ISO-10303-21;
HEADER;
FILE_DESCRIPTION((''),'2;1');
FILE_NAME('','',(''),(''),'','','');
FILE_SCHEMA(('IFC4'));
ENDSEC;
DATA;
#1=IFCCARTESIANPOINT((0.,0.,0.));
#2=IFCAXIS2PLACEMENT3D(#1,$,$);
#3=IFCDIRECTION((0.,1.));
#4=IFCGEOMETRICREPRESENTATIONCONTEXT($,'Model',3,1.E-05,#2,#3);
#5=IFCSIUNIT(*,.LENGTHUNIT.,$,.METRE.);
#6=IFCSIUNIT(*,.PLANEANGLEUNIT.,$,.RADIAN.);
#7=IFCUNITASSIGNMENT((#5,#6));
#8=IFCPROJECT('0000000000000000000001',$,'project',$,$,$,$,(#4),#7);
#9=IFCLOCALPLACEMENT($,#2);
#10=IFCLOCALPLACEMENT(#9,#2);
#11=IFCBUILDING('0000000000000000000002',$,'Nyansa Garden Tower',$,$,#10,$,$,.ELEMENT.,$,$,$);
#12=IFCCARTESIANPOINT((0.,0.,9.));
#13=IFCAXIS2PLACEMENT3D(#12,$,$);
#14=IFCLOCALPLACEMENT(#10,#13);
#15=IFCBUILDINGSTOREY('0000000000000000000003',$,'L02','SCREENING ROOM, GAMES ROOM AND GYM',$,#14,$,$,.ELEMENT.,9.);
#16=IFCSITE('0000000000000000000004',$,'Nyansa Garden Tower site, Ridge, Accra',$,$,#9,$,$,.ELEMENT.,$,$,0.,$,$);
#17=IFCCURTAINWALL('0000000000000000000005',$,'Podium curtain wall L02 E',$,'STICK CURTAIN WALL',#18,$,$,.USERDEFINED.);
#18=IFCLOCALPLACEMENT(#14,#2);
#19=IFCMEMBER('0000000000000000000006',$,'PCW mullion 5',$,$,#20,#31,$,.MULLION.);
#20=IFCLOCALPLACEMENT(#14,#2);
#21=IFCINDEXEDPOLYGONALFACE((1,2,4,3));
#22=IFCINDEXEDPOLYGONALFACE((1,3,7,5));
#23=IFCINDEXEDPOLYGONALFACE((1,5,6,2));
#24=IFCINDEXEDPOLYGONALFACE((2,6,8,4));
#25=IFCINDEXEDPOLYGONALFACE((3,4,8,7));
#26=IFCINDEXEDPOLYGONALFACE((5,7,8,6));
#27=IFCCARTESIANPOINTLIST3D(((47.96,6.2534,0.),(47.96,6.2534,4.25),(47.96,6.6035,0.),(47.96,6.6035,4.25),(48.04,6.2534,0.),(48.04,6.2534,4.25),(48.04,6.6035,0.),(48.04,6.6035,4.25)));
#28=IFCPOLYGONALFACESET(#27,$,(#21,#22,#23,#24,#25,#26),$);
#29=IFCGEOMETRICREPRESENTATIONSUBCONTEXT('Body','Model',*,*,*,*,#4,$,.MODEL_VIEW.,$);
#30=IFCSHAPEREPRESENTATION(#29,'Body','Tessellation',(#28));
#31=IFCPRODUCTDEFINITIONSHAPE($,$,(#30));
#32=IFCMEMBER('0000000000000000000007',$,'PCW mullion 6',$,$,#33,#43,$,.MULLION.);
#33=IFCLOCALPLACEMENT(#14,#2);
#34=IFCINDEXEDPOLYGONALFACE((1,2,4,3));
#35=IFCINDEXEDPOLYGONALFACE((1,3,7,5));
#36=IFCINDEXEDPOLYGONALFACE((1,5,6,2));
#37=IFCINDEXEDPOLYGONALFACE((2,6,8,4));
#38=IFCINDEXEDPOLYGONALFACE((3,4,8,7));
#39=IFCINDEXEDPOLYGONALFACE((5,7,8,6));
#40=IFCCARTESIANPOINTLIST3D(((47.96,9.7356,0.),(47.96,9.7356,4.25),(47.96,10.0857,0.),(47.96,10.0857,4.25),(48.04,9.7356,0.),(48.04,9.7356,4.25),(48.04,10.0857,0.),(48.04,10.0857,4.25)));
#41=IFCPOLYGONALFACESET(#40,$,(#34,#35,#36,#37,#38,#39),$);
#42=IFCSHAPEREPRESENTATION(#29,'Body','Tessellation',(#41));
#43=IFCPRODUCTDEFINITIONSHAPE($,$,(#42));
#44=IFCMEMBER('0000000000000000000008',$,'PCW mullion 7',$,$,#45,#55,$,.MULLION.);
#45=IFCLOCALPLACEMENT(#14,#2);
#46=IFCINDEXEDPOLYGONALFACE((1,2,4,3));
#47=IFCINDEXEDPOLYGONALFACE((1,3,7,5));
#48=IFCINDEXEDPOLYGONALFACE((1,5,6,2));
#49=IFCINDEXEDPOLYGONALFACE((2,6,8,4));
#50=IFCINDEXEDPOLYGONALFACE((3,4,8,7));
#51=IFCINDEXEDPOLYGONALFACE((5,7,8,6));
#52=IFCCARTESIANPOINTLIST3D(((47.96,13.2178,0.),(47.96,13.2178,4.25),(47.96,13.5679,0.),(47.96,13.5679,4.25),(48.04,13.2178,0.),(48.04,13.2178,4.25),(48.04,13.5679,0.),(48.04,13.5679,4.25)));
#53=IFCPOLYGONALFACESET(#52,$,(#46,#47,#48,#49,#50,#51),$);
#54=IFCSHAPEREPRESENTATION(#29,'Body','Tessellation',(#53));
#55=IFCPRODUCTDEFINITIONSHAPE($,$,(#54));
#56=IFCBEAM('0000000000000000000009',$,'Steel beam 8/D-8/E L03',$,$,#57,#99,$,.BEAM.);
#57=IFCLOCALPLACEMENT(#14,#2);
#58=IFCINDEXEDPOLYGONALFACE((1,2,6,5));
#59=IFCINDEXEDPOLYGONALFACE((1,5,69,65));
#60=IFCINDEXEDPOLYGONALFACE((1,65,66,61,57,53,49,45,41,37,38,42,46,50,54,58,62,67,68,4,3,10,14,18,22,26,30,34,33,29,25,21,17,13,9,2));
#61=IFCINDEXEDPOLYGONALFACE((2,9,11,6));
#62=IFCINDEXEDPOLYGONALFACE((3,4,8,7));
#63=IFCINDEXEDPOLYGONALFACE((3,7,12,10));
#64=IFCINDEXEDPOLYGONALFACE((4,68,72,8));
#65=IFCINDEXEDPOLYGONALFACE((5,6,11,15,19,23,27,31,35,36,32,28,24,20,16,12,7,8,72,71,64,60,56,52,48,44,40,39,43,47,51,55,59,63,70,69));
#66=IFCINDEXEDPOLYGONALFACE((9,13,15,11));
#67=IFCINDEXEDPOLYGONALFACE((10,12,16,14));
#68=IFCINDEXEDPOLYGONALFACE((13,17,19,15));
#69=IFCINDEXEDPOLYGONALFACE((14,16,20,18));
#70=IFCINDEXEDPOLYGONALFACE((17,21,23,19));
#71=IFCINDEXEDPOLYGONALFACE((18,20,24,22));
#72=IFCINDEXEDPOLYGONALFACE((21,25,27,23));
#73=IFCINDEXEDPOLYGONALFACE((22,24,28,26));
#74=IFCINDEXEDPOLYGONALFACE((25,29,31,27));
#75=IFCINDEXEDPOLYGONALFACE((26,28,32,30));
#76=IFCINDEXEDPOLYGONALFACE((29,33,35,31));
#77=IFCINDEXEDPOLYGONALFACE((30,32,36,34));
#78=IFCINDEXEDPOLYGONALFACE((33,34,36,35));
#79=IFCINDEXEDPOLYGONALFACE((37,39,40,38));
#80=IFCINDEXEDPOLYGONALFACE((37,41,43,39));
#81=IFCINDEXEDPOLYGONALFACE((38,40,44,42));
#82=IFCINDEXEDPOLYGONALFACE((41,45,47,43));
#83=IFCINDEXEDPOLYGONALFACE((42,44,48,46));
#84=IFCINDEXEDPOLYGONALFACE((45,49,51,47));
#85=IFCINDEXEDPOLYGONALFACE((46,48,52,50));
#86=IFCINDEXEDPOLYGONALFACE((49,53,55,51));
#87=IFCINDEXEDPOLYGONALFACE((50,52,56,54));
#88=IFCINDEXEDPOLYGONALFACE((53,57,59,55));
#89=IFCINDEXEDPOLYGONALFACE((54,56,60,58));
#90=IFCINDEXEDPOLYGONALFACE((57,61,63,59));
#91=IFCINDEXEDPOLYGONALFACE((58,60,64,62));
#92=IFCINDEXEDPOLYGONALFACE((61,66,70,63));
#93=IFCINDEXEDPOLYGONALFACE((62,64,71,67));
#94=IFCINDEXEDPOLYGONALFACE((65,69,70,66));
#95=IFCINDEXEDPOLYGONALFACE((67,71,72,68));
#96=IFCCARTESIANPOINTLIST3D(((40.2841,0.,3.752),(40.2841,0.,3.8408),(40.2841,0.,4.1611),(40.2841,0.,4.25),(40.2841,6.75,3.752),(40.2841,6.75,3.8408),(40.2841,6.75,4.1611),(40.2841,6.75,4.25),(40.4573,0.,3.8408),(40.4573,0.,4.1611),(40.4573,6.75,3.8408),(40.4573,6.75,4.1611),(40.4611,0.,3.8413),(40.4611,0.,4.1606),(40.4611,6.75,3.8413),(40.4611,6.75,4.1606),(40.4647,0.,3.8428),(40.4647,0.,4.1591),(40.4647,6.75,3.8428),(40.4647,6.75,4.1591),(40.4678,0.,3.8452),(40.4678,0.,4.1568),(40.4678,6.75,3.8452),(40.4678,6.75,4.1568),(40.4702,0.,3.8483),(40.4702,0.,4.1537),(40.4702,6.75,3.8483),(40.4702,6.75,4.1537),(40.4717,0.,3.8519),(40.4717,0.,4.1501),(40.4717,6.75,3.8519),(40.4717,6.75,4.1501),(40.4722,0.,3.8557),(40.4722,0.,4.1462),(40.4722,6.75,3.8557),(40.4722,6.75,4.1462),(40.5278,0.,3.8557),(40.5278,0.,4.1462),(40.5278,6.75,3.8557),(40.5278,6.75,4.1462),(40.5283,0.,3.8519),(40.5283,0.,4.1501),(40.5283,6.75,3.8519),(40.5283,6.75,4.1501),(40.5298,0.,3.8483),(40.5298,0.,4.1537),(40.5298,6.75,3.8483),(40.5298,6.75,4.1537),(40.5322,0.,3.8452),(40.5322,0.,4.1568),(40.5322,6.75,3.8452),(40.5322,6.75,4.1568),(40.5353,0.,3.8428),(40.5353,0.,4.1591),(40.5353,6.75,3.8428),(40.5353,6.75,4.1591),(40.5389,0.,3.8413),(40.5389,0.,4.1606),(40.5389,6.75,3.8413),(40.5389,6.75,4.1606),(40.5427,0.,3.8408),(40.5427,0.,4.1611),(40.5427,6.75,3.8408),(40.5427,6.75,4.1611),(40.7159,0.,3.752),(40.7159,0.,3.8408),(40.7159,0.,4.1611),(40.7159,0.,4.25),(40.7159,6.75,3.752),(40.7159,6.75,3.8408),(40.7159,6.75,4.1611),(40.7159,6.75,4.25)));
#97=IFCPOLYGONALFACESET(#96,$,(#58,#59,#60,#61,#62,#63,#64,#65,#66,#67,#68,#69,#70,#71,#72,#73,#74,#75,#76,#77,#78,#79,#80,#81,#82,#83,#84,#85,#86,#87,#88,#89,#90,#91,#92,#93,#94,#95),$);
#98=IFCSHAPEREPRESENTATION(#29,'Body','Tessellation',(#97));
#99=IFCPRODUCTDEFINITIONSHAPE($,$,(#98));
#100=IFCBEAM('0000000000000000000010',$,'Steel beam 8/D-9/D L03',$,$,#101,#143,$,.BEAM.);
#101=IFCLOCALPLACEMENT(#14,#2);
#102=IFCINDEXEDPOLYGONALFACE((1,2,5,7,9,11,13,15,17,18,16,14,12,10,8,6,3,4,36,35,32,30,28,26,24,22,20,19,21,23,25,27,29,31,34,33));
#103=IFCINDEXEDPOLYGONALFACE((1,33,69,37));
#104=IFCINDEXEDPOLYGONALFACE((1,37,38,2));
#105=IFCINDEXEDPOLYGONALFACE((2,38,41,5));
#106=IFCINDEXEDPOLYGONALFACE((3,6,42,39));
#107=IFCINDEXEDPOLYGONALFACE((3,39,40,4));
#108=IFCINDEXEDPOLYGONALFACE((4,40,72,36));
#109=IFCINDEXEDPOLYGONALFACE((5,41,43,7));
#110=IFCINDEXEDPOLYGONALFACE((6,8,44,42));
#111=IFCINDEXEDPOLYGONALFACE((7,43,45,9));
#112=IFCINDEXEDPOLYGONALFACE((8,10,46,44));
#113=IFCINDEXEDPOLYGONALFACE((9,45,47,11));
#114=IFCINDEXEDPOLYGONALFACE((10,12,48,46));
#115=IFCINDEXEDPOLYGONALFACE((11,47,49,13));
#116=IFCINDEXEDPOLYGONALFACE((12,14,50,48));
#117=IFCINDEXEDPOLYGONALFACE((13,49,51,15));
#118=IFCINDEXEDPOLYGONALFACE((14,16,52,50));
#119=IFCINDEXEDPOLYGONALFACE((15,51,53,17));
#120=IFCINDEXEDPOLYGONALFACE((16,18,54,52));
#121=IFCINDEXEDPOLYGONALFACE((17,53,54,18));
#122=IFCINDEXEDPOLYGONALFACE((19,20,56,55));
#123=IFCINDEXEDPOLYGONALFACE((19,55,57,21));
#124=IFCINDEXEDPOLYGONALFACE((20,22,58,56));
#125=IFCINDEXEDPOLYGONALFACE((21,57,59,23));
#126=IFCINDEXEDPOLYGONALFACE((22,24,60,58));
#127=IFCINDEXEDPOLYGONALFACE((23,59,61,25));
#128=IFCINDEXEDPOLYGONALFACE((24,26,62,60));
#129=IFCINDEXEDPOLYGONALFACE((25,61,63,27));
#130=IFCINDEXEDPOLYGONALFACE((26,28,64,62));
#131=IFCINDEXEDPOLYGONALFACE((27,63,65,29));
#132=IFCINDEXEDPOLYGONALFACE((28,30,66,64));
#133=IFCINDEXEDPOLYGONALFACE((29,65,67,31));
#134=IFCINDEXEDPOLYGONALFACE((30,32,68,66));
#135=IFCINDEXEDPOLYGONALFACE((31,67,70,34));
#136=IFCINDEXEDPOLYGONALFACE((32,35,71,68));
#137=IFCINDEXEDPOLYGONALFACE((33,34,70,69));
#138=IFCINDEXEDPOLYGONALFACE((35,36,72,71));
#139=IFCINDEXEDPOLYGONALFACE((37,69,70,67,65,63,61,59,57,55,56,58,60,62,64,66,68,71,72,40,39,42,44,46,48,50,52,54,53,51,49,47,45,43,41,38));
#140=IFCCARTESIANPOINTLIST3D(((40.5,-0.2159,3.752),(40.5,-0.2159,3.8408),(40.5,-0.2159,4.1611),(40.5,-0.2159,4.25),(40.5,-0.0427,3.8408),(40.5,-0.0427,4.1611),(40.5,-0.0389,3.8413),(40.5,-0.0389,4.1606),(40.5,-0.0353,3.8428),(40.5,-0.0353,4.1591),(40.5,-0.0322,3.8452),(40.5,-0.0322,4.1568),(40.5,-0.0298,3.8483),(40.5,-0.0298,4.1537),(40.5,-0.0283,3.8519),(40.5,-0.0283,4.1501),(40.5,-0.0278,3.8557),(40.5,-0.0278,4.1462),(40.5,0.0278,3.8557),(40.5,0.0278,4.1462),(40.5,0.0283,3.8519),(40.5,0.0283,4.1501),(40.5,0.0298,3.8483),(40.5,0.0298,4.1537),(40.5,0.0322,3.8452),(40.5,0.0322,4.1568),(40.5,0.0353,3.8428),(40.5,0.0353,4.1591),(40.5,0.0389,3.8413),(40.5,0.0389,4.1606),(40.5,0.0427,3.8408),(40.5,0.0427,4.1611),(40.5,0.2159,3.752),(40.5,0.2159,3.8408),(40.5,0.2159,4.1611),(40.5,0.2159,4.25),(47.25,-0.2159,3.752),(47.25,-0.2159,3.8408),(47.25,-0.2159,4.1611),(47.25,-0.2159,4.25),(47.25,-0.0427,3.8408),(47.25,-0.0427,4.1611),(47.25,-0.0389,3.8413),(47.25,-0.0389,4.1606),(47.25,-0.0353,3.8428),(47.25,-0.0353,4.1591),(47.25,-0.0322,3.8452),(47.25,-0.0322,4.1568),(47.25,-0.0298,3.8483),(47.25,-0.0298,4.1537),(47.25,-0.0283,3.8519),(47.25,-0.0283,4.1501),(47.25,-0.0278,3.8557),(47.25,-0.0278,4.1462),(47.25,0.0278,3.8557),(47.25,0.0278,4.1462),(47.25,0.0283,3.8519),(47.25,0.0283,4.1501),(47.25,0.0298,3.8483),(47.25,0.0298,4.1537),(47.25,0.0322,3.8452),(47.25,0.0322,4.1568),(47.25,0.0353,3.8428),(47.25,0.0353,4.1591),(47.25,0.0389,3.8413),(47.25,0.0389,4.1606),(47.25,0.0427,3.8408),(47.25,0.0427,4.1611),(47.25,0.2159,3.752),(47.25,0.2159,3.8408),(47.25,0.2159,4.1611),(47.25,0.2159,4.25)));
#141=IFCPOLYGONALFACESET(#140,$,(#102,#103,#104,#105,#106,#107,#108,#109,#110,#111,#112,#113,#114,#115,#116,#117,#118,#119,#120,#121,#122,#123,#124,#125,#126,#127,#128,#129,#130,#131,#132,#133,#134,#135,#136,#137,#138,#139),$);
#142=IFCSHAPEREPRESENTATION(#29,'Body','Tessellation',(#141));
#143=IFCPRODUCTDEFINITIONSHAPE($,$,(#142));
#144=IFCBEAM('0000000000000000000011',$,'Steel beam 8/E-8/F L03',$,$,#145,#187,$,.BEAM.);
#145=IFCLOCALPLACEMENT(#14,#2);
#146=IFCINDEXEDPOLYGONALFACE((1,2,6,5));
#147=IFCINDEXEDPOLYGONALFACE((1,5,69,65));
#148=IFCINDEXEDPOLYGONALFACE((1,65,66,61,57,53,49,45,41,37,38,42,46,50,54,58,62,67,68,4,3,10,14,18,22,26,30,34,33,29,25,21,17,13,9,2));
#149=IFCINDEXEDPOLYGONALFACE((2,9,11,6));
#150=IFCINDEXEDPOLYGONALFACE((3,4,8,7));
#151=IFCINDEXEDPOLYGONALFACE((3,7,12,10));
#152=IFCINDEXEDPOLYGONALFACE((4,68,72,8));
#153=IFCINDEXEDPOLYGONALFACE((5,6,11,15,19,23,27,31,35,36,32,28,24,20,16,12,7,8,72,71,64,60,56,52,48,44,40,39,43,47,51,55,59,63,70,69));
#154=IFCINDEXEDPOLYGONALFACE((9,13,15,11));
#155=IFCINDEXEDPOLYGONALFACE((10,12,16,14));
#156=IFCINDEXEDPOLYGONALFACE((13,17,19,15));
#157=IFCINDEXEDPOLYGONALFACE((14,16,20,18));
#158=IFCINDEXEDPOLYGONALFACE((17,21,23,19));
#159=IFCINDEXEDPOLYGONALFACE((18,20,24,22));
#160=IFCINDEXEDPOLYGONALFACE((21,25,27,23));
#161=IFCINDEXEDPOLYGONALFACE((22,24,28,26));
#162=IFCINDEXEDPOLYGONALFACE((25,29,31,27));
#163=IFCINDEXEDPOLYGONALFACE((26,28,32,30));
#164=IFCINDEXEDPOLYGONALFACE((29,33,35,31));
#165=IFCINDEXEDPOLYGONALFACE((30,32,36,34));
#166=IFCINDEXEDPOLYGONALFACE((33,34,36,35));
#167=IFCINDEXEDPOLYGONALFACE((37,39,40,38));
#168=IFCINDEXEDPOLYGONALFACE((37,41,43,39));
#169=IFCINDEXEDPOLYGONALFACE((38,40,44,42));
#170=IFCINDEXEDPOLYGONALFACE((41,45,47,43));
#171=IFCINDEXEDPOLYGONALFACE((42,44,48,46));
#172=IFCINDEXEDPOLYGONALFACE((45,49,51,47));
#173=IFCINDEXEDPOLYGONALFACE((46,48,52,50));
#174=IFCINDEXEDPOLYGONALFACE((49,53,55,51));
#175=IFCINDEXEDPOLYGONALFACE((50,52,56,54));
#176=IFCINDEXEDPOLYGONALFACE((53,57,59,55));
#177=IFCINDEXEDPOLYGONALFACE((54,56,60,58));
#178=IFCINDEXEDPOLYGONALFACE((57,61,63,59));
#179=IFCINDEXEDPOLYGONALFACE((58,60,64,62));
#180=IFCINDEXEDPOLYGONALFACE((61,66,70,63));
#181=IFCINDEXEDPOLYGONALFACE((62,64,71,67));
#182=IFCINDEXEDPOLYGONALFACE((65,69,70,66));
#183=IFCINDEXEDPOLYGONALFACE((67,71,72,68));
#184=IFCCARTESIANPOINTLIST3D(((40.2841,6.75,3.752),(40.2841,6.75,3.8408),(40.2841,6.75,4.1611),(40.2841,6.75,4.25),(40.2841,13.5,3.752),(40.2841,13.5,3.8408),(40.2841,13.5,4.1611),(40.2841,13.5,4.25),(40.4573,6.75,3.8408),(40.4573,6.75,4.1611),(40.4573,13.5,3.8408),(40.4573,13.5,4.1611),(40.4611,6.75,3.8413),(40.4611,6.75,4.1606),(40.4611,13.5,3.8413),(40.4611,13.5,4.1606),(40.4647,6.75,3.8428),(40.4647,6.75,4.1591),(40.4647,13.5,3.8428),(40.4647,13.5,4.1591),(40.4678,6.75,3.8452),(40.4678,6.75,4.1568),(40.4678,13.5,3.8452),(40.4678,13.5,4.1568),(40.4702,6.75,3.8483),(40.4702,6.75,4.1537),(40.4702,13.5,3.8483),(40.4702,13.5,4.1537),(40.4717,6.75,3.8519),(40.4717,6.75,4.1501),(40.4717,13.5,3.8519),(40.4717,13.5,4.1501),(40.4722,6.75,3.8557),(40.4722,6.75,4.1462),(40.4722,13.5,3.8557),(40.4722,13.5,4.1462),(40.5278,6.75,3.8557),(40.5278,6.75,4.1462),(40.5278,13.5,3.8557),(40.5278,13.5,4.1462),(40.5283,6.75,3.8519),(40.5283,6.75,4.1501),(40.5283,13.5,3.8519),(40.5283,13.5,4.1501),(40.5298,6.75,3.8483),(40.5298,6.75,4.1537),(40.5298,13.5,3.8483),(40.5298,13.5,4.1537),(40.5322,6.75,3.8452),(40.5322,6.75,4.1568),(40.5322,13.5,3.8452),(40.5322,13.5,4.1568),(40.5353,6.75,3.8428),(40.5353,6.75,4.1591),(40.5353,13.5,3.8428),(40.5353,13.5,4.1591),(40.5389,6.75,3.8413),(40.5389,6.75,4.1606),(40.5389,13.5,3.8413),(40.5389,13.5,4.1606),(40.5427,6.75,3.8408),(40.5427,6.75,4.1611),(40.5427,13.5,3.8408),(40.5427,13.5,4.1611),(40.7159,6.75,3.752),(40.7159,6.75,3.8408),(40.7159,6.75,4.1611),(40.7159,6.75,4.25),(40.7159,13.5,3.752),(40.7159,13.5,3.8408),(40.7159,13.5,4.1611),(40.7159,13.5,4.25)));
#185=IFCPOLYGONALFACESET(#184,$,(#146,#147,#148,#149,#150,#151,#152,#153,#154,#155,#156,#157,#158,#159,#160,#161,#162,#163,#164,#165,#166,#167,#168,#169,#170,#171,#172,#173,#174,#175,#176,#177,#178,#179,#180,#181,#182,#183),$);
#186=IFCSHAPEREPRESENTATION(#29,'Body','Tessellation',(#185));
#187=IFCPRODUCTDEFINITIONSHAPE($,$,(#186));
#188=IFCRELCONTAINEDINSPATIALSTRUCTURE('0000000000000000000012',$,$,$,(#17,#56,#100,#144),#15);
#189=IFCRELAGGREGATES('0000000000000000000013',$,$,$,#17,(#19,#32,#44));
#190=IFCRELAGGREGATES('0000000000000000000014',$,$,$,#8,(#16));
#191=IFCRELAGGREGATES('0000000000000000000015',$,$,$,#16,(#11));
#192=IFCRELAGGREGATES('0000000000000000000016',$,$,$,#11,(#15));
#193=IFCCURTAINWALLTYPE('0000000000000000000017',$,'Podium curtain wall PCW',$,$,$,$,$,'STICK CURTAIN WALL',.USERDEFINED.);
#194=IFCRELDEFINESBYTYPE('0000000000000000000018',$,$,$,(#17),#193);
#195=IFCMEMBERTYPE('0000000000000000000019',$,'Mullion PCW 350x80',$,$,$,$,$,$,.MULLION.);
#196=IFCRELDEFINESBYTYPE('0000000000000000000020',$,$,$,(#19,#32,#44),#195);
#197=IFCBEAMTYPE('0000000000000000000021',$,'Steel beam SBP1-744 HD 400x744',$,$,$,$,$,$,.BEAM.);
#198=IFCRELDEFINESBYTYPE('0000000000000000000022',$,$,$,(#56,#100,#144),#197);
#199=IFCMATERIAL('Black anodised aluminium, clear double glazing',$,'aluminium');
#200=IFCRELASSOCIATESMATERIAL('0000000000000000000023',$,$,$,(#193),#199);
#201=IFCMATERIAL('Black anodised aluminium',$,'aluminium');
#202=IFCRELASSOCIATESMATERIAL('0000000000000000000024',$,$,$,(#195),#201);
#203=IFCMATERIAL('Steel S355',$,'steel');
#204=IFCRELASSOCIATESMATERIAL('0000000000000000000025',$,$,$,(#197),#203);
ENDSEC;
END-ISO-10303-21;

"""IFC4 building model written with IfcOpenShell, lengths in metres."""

from ifc_helpers import new_model, si_unit, direction, frame, origin, origin_2d, place, context, subcontext, project, spatial, rectangle, i_section, extrude, material, material_profile, profile_set, type_object, element, aggregate, save


model = new_model("IFC4")

# Units and contexts
model_context = context("Model", 3, precision=1e-05, world=origin(), true_north=direction((0.0, 1.0)))
body_context = subcontext(model_context, "Body", "Model", "MODEL_VIEW")
ifc_project = project(units=[si_unit("LENGTHUNIT", "METRE"), si_unit("PLANEANGLEUNIT", "RADIAN")], contexts=[model_context])

# Site, building, storey
site_placement = place(None, origin())
site = spatial("IfcSite", under=ifc_project, at=site_placement, Name="Nyansa Garden Tower site, Ridge, Accra", CompositionType="ELEMENT", RefElevation=0.0)
building_placement = place(site_placement, origin())
building = spatial("IfcBuilding", under=site, at=building_placement, Name="Nyansa Garden Tower", CompositionType="ELEMENT")
storey_placement = place(building_placement, frame((0.0, 0.0, 9.0)))
storey = spatial("IfcBuildingStorey", under=building, at=storey_placement, Name="L02", Description="SCREENING ROOM, GAMES ROOM AND GYM", CompositionType="ELEMENT", Elevation=9.0)

# Curtain wall, members
ifc_material_1 = material(Name="Black anodised aluminium, clear double glazing", Category="aluminium")
curtain_wall_type = type_object("IfcCurtainWallType", Name="Podium curtain wall PCW", ElementType="STICK CURTAIN WALL", PredefinedType="USERDEFINED", material=ifc_material_1)
curtain_wall_placement = place(storey_placement, origin())
curtain_wall = element("IfcCurtainWall", 1, at=curtain_wall_placement, inside=storey, type_object=curtain_wall_type, Name="Podium curtain wall L02 E", ObjectType="STICK CURTAIN WALL", PredefinedType="USERDEFINED")
ifc_material_2 = material(Name="Black anodised aluminium", Category="aluminium")
ifc_material_profile_1 = material_profile(ifc_material_2, rectangle(XDim=0.0801, YDim=0.3501, at=origin_2d()), Name="Mullion 350x80")
ifc_profile_set_1 = profile_set([ifc_material_profile_1], Name="Black anodised aluminium")
member_type_1 = type_object("IfcMemberType", Name="Mullion PCW 350x80", PredefinedType="MULLION", material=ifc_profile_set_1)
member_1_placement = place(storey_placement, frame((48.0, 6.4285, 0.0), z_axis=(0.0, 0.0, 1.0), x_axis=(-1.0, 0.0, 0.0)))
member_1 = element("IfcMember", 2, at=member_1_placement, type_object=member_type_1, Name="PCW mullion 5", PredefinedType="MULLION", context=body_context, shape_type="SweptSolid", body=[
    extrude(rectangle(XDim=0.0801, YDim=0.3501, at=origin_2d()), origin(), (0.0, 0.0, 1.0), 4.25),
])
member_2_placement = place(storey_placement, frame((48.0, 9.9106, 0.0), z_axis=(0.0, 0.0, 1.0), x_axis=(-1.0, 0.0, 0.0)))
member_2 = element("IfcMember", 3, at=member_2_placement, type_object=member_type_1, Name="PCW mullion 6", PredefinedType="MULLION", context=body_context, shape_type="SweptSolid", body=[
    extrude(rectangle(XDim=0.0801, YDim=0.3501, at=origin_2d()), origin(), (0.0, 0.0, 1.0), 4.25),
])
member_3_placement = place(storey_placement, frame((48.0, 13.3928, 0.0), z_axis=(0.0, 0.0, 1.0), x_axis=(-1.0, 0.0, 0.0)))
member_3 = element("IfcMember", 4, at=member_3_placement, type_object=member_type_1, Name="PCW mullion 7", PredefinedType="MULLION", context=body_context, shape_type="SweptSolid", body=[
    extrude(rectangle(XDim=0.0801, YDim=0.3501, at=origin_2d()), origin(), (0.0, 0.0, 1.0), 4.25),
])

# Beams
ifc_material_3 = material(Name="Steel S355", Category="steel")
ifc_material_profile_2 = material_profile(ifc_material_3, i_section(OverallWidth=0.4319, OverallDepth=0.498, WebThickness=0.0557, FlangeThickness=0.0889, FilletRadius=0.0149, at=origin_2d()), Name="HD 400x744")
ifc_profile_set_2 = profile_set([ifc_material_profile_2], Name="Steel S355")
beam_type_1 = type_object("IfcBeamType", Name="Steel beam SBP1-744 HD 400x744", PredefinedType="BEAM", material=ifc_profile_set_2)
for number, where, z_axis, x_axis, name in (
    (5, (40.5, 0.0, 4.001), (0.0, 1.0, 0.0), (-1.0, 0.0, 0.0), "Steel beam 8/D-8/E L03"),
    (6, (40.5, 0.0, 4.001), (1.0, 0.0, 0.0), (0.0, 1.0, 0.0), "Steel beam 8/D-9/D L03"),
    (7, (40.5, 6.75, 4.001), (0.0, 1.0, 0.0), (-1.0, 0.0, 0.0), "Steel beam 8/E-8/F L03"),
):
    element("IfcBeam", number, at=place(storey_placement, frame(where, z_axis=z_axis, x_axis=x_axis)), inside=storey, type_object=beam_type_1, Name=name, PredefinedType="BEAM", context=body_context, shape_type="SweptSolid", body=[
        extrude(i_section(OverallWidth=0.4319, OverallDepth=0.498, WebThickness=0.0557, FlangeThickness=0.0889, FilletRadius=0.0149, at=origin_2d()), origin(), (0.0, 0.0, 1.0), 6.75),
    ])

aggregate(curtain_wall, [member_1, member_2, member_3])

save(model, "model.ifc")
